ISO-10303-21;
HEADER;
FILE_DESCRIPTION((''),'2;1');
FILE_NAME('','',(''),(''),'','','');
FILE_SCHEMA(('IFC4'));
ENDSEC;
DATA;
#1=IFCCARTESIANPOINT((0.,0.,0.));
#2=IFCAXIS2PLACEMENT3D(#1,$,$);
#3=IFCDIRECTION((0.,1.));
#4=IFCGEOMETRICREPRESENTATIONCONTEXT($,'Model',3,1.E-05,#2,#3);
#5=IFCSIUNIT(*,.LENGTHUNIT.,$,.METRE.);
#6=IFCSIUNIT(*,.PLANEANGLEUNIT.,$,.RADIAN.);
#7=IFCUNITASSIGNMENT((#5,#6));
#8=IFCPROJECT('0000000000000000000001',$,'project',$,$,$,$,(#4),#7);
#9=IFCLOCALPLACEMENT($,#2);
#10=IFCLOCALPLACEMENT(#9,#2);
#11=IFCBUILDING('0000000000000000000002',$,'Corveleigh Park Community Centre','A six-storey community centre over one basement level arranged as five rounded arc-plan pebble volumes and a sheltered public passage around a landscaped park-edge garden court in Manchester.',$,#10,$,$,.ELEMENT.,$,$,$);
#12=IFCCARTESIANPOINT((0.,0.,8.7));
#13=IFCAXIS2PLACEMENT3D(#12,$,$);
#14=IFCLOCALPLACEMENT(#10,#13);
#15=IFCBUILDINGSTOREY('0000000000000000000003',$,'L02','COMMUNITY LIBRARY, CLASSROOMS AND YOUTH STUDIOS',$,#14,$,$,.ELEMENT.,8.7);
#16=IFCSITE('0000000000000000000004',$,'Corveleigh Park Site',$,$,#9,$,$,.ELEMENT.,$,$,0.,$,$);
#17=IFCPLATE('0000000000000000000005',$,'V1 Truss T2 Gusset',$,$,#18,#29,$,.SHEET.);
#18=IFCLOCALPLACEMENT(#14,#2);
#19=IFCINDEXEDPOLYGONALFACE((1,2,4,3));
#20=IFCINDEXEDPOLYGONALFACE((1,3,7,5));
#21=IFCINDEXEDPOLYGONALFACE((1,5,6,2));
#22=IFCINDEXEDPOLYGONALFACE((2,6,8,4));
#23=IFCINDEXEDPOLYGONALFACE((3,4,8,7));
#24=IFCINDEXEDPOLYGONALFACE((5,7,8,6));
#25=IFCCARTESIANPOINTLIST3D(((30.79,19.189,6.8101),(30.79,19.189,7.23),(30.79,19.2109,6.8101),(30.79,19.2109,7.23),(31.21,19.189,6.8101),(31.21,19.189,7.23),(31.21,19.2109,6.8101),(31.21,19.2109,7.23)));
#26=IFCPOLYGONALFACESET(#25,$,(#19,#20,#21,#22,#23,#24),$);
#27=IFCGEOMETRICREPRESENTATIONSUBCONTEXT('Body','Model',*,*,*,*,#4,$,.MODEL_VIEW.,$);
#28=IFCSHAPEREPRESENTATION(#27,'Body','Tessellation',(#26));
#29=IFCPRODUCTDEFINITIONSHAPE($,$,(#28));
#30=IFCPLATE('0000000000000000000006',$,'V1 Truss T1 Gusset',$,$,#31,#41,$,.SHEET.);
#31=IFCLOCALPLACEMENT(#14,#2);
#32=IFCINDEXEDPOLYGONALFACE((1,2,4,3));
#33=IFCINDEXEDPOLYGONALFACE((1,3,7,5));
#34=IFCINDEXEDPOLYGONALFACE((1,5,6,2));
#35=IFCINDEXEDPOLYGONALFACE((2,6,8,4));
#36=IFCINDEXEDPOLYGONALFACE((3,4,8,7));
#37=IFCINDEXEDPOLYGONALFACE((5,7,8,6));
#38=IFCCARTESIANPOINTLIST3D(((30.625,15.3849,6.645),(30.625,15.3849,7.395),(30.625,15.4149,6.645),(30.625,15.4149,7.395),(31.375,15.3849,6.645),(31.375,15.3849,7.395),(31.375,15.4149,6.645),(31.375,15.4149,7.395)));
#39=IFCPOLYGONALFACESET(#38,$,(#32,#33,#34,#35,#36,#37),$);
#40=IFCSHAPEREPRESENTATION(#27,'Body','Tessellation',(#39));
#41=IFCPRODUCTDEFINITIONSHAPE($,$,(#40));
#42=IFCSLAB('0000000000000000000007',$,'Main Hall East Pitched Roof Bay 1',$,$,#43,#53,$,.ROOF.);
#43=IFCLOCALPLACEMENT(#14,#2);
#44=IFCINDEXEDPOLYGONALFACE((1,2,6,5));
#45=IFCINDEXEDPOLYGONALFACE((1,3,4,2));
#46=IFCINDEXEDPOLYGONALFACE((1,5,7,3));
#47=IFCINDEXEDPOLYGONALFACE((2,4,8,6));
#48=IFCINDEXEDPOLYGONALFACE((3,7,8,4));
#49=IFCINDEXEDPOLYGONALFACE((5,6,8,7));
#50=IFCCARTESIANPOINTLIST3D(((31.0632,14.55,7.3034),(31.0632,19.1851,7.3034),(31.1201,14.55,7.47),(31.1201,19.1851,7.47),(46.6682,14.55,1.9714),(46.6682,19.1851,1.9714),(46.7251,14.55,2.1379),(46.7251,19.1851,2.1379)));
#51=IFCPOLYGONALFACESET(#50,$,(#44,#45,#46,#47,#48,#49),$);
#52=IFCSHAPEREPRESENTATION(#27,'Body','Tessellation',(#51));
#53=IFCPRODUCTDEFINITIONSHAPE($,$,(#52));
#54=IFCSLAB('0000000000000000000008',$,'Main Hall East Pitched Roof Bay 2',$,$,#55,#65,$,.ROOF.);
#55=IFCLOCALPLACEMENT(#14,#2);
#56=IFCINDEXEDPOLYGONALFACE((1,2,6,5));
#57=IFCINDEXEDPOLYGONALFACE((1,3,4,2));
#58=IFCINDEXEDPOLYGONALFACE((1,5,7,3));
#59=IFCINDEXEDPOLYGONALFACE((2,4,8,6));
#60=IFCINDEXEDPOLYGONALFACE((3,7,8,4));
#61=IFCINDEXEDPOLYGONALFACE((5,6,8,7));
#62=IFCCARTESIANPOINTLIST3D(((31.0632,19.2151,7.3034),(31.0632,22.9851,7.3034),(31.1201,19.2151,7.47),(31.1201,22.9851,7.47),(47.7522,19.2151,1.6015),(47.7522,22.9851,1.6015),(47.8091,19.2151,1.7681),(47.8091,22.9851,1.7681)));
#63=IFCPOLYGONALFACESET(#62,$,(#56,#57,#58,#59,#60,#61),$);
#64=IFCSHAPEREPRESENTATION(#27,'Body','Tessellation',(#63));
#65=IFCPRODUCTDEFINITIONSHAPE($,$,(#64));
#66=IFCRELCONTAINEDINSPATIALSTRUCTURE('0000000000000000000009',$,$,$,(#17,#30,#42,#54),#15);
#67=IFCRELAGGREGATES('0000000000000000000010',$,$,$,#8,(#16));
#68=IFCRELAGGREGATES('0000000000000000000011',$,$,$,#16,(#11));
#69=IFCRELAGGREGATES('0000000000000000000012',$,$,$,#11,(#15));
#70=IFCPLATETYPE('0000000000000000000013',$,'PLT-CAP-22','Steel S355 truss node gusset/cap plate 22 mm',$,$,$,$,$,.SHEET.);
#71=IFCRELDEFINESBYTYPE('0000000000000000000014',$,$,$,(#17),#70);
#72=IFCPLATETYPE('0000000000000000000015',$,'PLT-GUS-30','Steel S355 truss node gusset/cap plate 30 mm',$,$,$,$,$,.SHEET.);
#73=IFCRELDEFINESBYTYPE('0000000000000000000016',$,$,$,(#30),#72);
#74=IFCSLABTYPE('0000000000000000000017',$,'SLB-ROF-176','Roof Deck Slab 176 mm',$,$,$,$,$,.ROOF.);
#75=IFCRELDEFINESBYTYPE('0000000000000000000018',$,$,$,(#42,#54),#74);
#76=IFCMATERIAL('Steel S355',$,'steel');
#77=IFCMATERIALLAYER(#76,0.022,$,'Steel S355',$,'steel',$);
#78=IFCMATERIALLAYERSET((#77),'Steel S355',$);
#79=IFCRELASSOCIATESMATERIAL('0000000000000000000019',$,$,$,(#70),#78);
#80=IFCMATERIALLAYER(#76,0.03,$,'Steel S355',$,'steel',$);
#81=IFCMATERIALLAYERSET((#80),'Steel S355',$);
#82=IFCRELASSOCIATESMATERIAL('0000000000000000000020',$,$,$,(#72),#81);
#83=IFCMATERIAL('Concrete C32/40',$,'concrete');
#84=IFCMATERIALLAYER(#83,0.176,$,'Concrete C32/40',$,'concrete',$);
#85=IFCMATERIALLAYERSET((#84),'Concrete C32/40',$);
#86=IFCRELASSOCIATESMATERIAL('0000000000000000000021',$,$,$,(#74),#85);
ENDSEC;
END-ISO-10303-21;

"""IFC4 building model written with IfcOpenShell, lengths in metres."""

from ifc_helpers import new_model, si_unit, direction, frame, origin, origin_2d, place, context, subcontext, project, spatial, polyline, rectangle, outline, extrude, material, layer, layer_set, type_object, element, save


model = new_model("IFC4")

# Units and contexts
model_context = context("Model", 3, precision=1e-05, world=origin(), true_north=direction((0.0, 1.0)))
body_context = subcontext(model_context, "Body", "Model", "MODEL_VIEW")
ifc_project = project(units=[si_unit("LENGTHUNIT", "METRE"), si_unit("PLANEANGLEUNIT", "RADIAN")], contexts=[model_context])

# Site, building, storey
site_placement = place(None, origin())
site = spatial("IfcSite", under=ifc_project, at=site_placement, Name="Corveleigh Park Site", CompositionType="ELEMENT", RefElevation=0.0)
building_placement = place(site_placement, origin())
building = spatial("IfcBuilding", under=site, at=building_placement, Name="Corveleigh Park Community Centre", Description="A six-storey community centre over one basement level arranged as five rounded arc-plan pebble volumes and a sheltered public passage around a landscaped park-edge garden court in Manchester.", CompositionType="ELEMENT")
storey_placement = place(building_placement, frame((0.0, 0.0, 8.7)))
storey = spatial("IfcBuildingStorey", under=building, at=storey_placement, Name="L02", Description="COMMUNITY LIBRARY, CLASSROOMS AND YOUTH STUDIOS", CompositionType="ELEMENT", Elevation=8.7)

# Shared definitions
ifc_material_1 = material(Name="Steel S355", Category="steel")

# Plates
ifc_layer_1 = layer(ifc_material_1, 0.022, Name="Steel S355", Category="steel")
ifc_layer_set_1 = layer_set([ifc_layer_1], Name="Steel S355")
plate_type_1 = type_object("IfcPlateType", Name="PLT-CAP-22", Description="Steel S355 truss node gusset/cap plate 22 mm", PredefinedType="SHEET", material=ifc_layer_set_1)
plate_1_placement = place(storey_placement, frame((31.0, 19.2, 6.8101), z_axis=(0.0, 0.0, 1.0), x_axis=(1.0, 0.0, 0.0)))
element("IfcPlate", 1, at=plate_1_placement, inside=storey, type_object=plate_type_1, Name="V1 Truss T2 Gusset", PredefinedType="SHEET", context=body_context, shape_type="SweptSolid", body=[
    extrude(rectangle(XDim=0.4199, YDim=0.022, at=origin_2d()), origin(), (0.0, 0.0, 1.0), 0.4199),
])
ifc_layer_2 = layer(ifc_material_1, 0.03, Name="Steel S355", Category="steel")
ifc_layer_set_2 = layer_set([ifc_layer_2], Name="Steel S355")
plate_type_2 = type_object("IfcPlateType", Name="PLT-GUS-30", Description="Steel S355 truss node gusset/cap plate 30 mm", PredefinedType="SHEET", material=ifc_layer_set_2)
plate_2_placement = place(storey_placement, frame((31.0, 15.3999, 6.645), z_axis=(0.0, 0.0, 1.0), x_axis=(1.0, 0.0, 0.0)))
element("IfcPlate", 2, at=plate_2_placement, inside=storey, type_object=plate_type_2, Name="V1 Truss T1 Gusset", PredefinedType="SHEET", context=body_context, shape_type="SweptSolid", body=[
    extrude(rectangle(XDim=0.75, YDim=0.03, at=origin_2d()), origin(), (0.0, 0.0, 1.0), 0.75),
])

# Slabs
ifc_material_2 = material(Name="Concrete C32/40", Category="concrete")
ifc_layer_3 = layer(ifc_material_2, 0.176, Name="Concrete C32/40", Category="concrete")
ifc_layer_set_3 = layer_set([ifc_layer_3], Name="Concrete C32/40")
slab_type = type_object("IfcSlabType", Name="SLB-ROF-176", Description="Roof Deck Slab 176 mm", PredefinedType="ROOF", material=ifc_layer_set_3)
slab_1_placement = place(storey_placement, frame((31.1201, 14.55, 7.47), z_axis=(0.323334, 0.0, 0.946285), x_axis=(0.946285, 0.0, -0.323334)))
element("IfcSlab", 3, at=slab_1_placement, inside=storey, type_object=slab_type, Name="Main Hall East Pitched Roof Bay 1", PredefinedType="ROOF", context=body_context, shape_type="SweptSolid", body=[
    extrude(outline(polyline([(0.0, 0.0), (16.4908, 0.0), (16.4908, 4.635), (0.0, 4.635), (0.0, 0.0)])), origin(), (0.0, 0.0, -1.0), 0.176),
])
slab_2_placement = place(storey_placement, frame((31.1201, 19.2151, 7.47), z_axis=(0.323308, 0.0, 0.946294), x_axis=(0.946294, 0.0, -0.323308)))
element("IfcSlab", 4, at=slab_2_placement, inside=storey, type_object=slab_type, Name="Main Hall East Pitched Roof Bay 2", PredefinedType="ROOF", context=body_context, shape_type="SweptSolid", body=[
    extrude(outline(polyline([(0.0, 0.0), (17.6361, 0.0), (17.6361, 3.77), (0.0, 3.77), (0.0, 0.0)])), origin(), (0.0, 0.0, -1.0), 0.176),
])

save(model, "model.ifc")
